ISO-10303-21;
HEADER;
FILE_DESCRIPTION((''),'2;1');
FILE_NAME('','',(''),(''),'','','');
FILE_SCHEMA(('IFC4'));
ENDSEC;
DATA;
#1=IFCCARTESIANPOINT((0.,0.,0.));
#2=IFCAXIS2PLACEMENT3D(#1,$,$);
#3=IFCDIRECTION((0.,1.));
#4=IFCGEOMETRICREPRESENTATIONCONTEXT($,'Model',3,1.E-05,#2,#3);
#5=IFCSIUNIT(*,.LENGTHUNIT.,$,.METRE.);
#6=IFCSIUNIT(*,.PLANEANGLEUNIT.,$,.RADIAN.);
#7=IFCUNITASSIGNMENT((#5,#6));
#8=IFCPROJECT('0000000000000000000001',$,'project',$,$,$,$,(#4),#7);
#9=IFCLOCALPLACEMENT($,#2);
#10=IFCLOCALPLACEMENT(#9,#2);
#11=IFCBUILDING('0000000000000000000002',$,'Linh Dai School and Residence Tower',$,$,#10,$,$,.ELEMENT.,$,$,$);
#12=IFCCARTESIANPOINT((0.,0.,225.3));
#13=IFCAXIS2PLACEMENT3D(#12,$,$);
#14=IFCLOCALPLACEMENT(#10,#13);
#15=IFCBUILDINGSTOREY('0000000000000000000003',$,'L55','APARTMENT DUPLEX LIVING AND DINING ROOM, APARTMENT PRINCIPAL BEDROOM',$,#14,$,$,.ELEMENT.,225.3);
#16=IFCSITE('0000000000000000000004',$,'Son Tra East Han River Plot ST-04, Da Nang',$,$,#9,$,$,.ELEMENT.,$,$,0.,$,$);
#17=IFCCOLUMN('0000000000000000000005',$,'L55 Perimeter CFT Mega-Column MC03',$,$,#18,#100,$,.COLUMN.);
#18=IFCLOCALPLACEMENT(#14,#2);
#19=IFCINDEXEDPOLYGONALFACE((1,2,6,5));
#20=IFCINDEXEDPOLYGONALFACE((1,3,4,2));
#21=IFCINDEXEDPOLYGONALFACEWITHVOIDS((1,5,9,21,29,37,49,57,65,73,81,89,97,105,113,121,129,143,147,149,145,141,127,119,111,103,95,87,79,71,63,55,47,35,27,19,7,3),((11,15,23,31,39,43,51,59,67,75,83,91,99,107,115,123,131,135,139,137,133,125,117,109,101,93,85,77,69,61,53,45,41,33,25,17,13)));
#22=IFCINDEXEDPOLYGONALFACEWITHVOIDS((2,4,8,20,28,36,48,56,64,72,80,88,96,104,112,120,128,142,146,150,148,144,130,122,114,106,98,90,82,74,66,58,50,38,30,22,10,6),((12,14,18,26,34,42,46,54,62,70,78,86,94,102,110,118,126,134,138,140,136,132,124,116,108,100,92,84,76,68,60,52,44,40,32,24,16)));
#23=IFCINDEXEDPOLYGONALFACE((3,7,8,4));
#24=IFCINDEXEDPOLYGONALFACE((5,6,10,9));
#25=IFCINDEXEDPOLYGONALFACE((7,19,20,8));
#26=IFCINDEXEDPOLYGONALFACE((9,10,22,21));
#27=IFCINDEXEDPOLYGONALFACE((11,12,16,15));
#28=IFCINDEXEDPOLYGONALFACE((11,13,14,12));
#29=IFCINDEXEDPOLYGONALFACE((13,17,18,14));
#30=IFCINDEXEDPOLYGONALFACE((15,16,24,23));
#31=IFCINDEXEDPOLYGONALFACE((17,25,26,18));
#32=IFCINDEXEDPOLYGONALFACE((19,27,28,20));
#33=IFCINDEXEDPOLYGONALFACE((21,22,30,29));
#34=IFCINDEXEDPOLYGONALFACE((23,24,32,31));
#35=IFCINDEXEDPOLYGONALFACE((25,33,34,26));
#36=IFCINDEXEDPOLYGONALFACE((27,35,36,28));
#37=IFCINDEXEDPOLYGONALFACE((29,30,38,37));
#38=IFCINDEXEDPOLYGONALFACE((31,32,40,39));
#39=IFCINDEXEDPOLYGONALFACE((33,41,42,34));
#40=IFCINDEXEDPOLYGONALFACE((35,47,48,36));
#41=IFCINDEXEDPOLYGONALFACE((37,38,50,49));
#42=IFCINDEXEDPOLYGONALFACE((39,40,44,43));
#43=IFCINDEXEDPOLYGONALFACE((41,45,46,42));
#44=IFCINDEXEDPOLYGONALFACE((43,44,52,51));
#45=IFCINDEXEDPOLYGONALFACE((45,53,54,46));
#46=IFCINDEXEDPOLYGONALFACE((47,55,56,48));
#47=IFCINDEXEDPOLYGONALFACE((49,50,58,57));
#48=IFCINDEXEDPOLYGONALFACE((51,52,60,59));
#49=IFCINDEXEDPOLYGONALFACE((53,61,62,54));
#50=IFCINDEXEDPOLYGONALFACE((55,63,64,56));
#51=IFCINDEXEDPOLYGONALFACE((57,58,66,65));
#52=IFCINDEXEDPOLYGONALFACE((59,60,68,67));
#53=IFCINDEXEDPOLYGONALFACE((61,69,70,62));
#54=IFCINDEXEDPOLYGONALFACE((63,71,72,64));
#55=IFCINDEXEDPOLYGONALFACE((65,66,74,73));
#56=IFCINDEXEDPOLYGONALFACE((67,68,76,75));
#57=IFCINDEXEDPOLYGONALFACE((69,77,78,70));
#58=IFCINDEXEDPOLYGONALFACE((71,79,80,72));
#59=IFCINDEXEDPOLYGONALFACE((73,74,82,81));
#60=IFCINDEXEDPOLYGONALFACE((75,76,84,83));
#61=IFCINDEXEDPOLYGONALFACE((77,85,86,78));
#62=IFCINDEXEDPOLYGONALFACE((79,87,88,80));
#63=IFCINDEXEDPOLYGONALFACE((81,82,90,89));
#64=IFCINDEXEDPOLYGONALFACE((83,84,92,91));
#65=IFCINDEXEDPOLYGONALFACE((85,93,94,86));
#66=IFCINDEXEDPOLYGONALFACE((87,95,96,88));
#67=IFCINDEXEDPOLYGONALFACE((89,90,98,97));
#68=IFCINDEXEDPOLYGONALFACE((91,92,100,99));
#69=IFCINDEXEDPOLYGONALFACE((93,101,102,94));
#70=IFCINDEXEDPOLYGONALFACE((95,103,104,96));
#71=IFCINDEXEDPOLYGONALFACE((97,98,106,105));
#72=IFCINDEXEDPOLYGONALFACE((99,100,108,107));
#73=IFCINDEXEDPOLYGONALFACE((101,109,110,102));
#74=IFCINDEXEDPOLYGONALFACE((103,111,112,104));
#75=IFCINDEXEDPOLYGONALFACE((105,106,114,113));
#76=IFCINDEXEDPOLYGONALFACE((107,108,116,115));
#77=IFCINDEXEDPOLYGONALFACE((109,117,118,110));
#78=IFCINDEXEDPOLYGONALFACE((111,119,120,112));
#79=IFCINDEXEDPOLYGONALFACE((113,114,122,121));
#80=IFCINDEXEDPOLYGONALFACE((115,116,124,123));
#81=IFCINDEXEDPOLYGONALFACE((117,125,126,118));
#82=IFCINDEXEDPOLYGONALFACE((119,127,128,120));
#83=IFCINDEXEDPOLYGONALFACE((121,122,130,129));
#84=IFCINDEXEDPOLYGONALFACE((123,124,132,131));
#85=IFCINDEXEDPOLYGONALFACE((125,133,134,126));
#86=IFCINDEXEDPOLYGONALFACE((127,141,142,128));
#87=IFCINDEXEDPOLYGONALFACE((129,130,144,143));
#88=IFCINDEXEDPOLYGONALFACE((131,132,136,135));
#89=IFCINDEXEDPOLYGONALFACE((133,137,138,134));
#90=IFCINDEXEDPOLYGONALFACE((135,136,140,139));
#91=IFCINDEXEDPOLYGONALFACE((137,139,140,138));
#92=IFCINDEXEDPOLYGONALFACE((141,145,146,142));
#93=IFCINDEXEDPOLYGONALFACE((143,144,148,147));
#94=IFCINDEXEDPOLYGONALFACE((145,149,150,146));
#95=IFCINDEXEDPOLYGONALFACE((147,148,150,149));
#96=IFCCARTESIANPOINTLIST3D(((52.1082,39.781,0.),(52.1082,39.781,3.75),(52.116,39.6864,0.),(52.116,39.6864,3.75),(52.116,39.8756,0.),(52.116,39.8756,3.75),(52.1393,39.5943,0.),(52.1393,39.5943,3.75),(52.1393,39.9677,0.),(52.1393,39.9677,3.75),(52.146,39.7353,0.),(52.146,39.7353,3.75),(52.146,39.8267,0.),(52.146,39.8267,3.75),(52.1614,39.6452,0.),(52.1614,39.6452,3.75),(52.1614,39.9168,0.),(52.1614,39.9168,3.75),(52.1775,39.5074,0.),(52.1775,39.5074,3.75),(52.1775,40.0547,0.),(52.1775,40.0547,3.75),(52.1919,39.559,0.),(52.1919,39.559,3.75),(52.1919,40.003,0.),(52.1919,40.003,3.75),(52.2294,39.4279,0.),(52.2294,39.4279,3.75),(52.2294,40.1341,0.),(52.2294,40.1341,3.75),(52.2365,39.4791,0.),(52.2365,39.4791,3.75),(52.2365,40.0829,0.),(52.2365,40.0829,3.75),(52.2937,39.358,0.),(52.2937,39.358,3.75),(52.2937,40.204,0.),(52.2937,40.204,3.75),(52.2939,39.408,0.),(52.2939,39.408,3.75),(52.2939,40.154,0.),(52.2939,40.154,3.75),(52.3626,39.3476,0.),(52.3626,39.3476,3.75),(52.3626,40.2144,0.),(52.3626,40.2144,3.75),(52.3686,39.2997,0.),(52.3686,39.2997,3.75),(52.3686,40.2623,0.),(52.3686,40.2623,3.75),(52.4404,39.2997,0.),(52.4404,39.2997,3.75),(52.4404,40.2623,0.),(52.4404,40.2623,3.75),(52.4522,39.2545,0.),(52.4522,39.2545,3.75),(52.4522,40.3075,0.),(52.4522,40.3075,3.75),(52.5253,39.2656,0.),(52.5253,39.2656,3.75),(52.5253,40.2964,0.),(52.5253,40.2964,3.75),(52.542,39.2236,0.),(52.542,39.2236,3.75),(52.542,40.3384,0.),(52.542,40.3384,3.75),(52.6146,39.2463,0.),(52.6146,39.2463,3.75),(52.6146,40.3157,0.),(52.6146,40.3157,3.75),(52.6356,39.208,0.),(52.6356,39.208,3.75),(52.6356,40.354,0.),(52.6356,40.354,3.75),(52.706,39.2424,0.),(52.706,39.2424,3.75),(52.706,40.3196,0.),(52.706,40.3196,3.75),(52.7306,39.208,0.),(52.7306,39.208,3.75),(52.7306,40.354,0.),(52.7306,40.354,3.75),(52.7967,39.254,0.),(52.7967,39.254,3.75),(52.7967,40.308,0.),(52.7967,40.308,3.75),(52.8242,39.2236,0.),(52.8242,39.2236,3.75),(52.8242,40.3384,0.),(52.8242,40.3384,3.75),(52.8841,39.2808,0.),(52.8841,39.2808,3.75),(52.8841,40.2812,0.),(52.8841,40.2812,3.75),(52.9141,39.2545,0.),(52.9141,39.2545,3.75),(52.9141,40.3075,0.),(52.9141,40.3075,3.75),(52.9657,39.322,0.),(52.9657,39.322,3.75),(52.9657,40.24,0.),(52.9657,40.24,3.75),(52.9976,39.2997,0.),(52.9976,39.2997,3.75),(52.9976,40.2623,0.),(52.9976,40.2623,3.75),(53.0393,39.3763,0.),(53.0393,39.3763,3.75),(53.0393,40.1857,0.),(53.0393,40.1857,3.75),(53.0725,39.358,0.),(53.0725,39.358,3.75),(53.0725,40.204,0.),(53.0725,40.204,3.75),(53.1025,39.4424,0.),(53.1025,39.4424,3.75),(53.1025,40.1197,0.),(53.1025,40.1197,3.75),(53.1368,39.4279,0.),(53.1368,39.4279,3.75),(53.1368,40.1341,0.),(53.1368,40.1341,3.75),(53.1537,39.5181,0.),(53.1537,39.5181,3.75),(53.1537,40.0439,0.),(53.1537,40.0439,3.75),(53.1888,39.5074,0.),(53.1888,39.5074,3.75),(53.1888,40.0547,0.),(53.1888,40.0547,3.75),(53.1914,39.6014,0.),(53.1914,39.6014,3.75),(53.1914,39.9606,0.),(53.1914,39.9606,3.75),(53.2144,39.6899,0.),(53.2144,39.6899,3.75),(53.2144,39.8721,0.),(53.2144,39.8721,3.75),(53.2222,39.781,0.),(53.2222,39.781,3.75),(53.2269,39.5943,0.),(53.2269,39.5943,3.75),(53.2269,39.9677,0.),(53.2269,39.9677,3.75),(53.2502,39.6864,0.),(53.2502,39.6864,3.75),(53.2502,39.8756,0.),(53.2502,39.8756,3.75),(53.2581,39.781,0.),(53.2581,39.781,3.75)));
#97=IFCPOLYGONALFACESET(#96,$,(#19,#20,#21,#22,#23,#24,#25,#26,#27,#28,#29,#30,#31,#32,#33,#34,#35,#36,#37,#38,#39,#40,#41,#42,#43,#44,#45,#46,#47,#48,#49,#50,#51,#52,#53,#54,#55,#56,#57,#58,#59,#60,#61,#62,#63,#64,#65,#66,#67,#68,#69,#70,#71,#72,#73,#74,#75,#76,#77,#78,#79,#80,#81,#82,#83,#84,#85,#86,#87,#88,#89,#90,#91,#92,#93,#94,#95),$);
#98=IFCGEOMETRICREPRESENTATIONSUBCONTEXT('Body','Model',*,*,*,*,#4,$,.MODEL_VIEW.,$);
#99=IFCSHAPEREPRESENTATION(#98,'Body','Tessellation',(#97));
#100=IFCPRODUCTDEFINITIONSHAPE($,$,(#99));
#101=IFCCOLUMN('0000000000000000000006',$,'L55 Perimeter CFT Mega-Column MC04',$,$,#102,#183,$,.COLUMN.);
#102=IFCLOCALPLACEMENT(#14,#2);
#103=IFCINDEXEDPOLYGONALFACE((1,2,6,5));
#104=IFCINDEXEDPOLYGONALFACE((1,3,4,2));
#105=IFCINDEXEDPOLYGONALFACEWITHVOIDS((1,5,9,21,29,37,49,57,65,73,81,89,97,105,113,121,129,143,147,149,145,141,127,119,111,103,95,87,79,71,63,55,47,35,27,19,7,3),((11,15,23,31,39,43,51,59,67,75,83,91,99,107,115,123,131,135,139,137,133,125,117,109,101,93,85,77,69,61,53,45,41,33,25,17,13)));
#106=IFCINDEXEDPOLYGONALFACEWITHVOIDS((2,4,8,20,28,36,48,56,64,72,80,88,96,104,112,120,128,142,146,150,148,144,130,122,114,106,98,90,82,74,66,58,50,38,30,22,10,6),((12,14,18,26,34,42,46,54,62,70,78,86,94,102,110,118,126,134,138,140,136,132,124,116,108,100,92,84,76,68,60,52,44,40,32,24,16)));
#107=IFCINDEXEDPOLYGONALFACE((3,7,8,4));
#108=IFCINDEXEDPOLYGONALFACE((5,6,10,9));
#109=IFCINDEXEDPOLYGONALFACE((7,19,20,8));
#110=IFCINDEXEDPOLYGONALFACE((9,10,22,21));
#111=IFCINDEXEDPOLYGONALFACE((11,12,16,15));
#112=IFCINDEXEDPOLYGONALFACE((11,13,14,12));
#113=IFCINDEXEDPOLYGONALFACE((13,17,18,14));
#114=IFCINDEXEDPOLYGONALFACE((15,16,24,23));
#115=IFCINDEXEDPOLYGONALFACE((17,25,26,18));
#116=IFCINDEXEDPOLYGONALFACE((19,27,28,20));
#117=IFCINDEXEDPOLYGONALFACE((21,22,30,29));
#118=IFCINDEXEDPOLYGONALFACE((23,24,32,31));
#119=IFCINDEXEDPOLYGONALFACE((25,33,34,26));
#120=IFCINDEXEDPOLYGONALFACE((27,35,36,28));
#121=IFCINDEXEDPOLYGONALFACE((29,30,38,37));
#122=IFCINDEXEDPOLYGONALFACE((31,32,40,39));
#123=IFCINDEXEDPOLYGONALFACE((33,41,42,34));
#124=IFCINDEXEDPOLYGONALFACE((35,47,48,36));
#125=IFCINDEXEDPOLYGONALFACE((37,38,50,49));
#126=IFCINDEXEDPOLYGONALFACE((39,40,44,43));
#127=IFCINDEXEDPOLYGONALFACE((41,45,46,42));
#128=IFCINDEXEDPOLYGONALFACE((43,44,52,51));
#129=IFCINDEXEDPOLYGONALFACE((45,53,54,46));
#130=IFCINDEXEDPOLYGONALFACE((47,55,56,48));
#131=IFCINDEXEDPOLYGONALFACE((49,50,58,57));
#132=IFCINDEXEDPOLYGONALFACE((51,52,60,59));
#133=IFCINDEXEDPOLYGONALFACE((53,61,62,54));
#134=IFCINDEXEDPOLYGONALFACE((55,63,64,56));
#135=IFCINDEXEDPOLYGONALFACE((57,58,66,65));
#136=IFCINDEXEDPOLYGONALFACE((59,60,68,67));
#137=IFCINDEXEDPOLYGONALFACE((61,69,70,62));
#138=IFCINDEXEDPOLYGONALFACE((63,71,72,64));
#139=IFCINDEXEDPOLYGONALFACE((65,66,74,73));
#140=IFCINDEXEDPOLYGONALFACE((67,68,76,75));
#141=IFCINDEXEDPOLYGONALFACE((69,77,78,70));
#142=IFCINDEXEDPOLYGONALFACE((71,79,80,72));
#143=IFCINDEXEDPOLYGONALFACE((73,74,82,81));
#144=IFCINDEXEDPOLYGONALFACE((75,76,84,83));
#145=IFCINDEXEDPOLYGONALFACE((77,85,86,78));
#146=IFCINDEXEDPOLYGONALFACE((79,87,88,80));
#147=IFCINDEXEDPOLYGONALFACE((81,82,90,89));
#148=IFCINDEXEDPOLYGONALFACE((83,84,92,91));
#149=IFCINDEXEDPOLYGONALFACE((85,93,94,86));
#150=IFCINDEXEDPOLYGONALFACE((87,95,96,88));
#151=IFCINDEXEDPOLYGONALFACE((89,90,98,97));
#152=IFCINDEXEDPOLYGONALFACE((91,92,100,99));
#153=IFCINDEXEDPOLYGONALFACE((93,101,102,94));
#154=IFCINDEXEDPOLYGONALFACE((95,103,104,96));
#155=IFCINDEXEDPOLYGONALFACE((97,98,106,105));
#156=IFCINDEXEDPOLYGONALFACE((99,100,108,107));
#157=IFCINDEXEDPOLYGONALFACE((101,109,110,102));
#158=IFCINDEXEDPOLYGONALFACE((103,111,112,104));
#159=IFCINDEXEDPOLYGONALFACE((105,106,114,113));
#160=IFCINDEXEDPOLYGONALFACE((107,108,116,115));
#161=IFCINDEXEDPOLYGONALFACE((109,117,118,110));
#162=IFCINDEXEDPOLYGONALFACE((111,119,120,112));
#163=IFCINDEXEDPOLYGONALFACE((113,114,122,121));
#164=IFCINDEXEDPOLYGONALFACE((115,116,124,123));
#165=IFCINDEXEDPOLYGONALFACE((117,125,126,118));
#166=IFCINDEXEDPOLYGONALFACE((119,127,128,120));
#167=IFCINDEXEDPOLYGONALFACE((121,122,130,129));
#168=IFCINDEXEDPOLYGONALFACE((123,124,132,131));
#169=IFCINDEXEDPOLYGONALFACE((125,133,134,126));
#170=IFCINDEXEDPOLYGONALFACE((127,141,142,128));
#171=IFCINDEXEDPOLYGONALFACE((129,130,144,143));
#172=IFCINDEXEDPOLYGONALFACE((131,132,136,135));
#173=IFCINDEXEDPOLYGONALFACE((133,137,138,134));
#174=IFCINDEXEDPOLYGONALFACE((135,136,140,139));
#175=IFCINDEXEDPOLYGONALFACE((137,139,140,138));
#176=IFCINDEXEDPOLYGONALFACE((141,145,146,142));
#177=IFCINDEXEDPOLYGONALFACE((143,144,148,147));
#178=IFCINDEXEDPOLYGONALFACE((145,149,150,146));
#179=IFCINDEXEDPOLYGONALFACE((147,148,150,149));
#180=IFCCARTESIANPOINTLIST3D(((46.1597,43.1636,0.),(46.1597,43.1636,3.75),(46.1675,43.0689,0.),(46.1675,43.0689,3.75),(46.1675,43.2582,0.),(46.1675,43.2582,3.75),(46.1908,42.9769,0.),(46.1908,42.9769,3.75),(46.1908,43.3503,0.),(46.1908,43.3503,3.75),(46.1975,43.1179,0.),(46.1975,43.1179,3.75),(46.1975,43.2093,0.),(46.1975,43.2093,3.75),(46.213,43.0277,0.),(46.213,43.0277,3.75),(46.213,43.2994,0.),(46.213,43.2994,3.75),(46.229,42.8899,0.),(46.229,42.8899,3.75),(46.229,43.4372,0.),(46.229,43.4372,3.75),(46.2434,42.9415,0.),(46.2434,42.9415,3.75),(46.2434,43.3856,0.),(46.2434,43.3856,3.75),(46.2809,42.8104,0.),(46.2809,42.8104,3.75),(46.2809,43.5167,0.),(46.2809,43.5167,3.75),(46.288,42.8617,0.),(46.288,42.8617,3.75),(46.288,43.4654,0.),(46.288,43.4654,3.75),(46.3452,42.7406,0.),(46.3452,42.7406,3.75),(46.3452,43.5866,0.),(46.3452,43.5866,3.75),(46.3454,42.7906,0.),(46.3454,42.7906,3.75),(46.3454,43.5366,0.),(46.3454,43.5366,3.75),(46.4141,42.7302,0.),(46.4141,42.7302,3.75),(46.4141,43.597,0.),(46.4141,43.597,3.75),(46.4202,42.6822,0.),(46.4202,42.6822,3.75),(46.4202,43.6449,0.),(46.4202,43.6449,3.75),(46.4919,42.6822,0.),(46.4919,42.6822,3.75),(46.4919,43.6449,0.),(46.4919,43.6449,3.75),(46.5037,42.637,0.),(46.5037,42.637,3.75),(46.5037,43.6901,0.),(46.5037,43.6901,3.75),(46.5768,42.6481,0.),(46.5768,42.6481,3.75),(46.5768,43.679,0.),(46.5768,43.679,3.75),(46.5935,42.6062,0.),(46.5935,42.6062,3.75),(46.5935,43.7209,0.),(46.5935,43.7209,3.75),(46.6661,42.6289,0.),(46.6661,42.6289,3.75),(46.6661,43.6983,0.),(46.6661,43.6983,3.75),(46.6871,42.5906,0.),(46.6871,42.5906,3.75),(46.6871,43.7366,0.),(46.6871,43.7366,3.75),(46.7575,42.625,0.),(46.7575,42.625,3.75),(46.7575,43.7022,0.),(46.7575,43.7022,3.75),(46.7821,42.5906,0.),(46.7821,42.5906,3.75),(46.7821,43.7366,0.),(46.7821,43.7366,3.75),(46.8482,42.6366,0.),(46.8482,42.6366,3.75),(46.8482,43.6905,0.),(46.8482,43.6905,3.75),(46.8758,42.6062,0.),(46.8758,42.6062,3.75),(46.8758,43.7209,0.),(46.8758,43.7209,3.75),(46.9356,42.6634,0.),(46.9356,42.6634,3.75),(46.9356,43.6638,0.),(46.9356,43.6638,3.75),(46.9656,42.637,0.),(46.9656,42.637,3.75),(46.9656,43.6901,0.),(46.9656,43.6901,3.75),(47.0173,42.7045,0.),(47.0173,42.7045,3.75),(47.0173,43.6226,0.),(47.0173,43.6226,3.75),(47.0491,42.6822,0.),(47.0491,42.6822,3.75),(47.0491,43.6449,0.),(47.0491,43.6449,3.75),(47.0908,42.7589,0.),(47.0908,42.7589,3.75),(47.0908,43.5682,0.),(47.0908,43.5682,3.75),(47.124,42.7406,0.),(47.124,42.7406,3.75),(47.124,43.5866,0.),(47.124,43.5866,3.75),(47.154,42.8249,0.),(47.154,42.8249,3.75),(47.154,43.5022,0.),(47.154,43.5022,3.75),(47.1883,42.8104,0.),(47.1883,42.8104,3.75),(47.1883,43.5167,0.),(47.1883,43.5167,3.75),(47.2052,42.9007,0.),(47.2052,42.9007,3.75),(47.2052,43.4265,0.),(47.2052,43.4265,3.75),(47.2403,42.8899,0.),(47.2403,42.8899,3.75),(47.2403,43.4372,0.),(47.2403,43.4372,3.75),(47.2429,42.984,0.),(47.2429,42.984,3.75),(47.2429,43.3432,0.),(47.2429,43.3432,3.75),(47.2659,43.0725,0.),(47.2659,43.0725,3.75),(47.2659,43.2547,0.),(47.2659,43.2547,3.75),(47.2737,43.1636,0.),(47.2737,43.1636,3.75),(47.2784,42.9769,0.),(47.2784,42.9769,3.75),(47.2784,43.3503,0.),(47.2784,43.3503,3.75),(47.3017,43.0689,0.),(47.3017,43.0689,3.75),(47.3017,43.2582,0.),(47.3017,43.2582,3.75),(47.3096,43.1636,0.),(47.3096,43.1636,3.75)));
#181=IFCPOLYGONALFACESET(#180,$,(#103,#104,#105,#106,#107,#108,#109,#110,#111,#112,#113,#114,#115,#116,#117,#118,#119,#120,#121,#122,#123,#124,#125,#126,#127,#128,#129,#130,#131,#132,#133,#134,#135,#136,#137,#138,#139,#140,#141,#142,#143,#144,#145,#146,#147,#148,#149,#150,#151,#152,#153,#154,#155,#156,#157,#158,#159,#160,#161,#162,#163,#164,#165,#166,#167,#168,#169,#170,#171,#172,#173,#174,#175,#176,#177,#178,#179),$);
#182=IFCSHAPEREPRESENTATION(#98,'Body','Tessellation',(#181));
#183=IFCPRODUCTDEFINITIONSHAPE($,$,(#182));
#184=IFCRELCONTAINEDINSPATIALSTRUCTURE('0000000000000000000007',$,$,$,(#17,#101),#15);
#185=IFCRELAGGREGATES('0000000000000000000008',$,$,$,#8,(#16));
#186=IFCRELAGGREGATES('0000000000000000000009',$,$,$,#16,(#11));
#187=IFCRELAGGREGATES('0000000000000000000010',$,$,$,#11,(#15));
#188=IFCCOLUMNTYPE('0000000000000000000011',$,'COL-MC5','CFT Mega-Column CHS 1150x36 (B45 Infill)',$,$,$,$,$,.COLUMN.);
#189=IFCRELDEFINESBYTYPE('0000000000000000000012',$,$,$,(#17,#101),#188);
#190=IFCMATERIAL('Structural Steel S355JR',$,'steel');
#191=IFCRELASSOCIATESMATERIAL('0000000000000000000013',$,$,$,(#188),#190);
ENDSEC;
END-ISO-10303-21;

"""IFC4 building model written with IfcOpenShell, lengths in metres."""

from ifc_helpers import new_model, si_unit, direction, frame, origin, origin_2d, place, context, subcontext, project, spatial, hollow_circle, extrude, material, material_profile, profile_set, type_object, element, save


model = new_model("IFC4")

# Units and contexts
model_context = context("Model", 3, precision=1e-05, world=origin(), true_north=direction((0.0, 1.0)))
body_context = subcontext(model_context, "Body", "Model", "MODEL_VIEW")
ifc_project = project(units=[si_unit("LENGTHUNIT", "METRE"), si_unit("PLANEANGLEUNIT", "RADIAN")], contexts=[model_context])

# Site, building, storey
site_placement = place(None, origin())
site = spatial("IfcSite", under=ifc_project, at=site_placement, Name="Son Tra East Han River Plot ST-04, Da Nang", CompositionType="ELEMENT", RefElevation=0.0)
building_placement = place(site_placement, origin())
building = spatial("IfcBuilding", under=site, at=building_placement, Name="Linh Dai School and Residence Tower", CompositionType="ELEMENT")
storey_placement = place(building_placement, frame((0.0, 0.0, 225.3)))
storey = spatial("IfcBuildingStorey", under=building, at=storey_placement, Name="L55", Description="APARTMENT DUPLEX LIVING AND DINING ROOM, APARTMENT PRINCIPAL BEDROOM", CompositionType="ELEMENT", Elevation=225.3)

# Columns
ifc_material_1 = material(Name="Structural Steel S355JR", Category="steel")
ifc_material_profile_1 = material_profile(ifc_material_1, hollow_circle(Radius=0.575, WallThickness=0.0359, at=origin_2d()), Name="CHS 1150x36")
ifc_profile_set_1 = profile_set([ifc_material_profile_1], Name="Structural Steel S355JR")
column_type = type_object("IfcColumnType", Name="COL-MC5", Description="CFT Mega-Column CHS 1150x36 (B45 Infill)", PredefinedType="COLUMN", material=ifc_profile_set_1)
for number, where, z_axis, x_axis, name in (
    (1, (52.6831, 39.781, 0.0), (0.0, 0.0, 1.0), (1.0, 0.0, 0.0), "L55 Perimeter CFT Mega-Column MC03"),
    (2, (46.7346, 43.1636, 0.0), (0.0, 0.0, 1.0), (1.0, 0.0, 0.0), "L55 Perimeter CFT Mega-Column MC04"),
):
    element("IfcColumn", number, at=place(storey_placement, frame(where, z_axis=z_axis, x_axis=x_axis)), inside=storey, type_object=column_type, Name=name, PredefinedType="COLUMN", context=body_context, shape_type="SweptSolid", body=[
        extrude(hollow_circle(Radius=0.575, WallThickness=0.0359, at=origin_2d()), origin(), (0.0, 0.0, 1.0), 3.75),
    ])

save(model, "model.ifc")
